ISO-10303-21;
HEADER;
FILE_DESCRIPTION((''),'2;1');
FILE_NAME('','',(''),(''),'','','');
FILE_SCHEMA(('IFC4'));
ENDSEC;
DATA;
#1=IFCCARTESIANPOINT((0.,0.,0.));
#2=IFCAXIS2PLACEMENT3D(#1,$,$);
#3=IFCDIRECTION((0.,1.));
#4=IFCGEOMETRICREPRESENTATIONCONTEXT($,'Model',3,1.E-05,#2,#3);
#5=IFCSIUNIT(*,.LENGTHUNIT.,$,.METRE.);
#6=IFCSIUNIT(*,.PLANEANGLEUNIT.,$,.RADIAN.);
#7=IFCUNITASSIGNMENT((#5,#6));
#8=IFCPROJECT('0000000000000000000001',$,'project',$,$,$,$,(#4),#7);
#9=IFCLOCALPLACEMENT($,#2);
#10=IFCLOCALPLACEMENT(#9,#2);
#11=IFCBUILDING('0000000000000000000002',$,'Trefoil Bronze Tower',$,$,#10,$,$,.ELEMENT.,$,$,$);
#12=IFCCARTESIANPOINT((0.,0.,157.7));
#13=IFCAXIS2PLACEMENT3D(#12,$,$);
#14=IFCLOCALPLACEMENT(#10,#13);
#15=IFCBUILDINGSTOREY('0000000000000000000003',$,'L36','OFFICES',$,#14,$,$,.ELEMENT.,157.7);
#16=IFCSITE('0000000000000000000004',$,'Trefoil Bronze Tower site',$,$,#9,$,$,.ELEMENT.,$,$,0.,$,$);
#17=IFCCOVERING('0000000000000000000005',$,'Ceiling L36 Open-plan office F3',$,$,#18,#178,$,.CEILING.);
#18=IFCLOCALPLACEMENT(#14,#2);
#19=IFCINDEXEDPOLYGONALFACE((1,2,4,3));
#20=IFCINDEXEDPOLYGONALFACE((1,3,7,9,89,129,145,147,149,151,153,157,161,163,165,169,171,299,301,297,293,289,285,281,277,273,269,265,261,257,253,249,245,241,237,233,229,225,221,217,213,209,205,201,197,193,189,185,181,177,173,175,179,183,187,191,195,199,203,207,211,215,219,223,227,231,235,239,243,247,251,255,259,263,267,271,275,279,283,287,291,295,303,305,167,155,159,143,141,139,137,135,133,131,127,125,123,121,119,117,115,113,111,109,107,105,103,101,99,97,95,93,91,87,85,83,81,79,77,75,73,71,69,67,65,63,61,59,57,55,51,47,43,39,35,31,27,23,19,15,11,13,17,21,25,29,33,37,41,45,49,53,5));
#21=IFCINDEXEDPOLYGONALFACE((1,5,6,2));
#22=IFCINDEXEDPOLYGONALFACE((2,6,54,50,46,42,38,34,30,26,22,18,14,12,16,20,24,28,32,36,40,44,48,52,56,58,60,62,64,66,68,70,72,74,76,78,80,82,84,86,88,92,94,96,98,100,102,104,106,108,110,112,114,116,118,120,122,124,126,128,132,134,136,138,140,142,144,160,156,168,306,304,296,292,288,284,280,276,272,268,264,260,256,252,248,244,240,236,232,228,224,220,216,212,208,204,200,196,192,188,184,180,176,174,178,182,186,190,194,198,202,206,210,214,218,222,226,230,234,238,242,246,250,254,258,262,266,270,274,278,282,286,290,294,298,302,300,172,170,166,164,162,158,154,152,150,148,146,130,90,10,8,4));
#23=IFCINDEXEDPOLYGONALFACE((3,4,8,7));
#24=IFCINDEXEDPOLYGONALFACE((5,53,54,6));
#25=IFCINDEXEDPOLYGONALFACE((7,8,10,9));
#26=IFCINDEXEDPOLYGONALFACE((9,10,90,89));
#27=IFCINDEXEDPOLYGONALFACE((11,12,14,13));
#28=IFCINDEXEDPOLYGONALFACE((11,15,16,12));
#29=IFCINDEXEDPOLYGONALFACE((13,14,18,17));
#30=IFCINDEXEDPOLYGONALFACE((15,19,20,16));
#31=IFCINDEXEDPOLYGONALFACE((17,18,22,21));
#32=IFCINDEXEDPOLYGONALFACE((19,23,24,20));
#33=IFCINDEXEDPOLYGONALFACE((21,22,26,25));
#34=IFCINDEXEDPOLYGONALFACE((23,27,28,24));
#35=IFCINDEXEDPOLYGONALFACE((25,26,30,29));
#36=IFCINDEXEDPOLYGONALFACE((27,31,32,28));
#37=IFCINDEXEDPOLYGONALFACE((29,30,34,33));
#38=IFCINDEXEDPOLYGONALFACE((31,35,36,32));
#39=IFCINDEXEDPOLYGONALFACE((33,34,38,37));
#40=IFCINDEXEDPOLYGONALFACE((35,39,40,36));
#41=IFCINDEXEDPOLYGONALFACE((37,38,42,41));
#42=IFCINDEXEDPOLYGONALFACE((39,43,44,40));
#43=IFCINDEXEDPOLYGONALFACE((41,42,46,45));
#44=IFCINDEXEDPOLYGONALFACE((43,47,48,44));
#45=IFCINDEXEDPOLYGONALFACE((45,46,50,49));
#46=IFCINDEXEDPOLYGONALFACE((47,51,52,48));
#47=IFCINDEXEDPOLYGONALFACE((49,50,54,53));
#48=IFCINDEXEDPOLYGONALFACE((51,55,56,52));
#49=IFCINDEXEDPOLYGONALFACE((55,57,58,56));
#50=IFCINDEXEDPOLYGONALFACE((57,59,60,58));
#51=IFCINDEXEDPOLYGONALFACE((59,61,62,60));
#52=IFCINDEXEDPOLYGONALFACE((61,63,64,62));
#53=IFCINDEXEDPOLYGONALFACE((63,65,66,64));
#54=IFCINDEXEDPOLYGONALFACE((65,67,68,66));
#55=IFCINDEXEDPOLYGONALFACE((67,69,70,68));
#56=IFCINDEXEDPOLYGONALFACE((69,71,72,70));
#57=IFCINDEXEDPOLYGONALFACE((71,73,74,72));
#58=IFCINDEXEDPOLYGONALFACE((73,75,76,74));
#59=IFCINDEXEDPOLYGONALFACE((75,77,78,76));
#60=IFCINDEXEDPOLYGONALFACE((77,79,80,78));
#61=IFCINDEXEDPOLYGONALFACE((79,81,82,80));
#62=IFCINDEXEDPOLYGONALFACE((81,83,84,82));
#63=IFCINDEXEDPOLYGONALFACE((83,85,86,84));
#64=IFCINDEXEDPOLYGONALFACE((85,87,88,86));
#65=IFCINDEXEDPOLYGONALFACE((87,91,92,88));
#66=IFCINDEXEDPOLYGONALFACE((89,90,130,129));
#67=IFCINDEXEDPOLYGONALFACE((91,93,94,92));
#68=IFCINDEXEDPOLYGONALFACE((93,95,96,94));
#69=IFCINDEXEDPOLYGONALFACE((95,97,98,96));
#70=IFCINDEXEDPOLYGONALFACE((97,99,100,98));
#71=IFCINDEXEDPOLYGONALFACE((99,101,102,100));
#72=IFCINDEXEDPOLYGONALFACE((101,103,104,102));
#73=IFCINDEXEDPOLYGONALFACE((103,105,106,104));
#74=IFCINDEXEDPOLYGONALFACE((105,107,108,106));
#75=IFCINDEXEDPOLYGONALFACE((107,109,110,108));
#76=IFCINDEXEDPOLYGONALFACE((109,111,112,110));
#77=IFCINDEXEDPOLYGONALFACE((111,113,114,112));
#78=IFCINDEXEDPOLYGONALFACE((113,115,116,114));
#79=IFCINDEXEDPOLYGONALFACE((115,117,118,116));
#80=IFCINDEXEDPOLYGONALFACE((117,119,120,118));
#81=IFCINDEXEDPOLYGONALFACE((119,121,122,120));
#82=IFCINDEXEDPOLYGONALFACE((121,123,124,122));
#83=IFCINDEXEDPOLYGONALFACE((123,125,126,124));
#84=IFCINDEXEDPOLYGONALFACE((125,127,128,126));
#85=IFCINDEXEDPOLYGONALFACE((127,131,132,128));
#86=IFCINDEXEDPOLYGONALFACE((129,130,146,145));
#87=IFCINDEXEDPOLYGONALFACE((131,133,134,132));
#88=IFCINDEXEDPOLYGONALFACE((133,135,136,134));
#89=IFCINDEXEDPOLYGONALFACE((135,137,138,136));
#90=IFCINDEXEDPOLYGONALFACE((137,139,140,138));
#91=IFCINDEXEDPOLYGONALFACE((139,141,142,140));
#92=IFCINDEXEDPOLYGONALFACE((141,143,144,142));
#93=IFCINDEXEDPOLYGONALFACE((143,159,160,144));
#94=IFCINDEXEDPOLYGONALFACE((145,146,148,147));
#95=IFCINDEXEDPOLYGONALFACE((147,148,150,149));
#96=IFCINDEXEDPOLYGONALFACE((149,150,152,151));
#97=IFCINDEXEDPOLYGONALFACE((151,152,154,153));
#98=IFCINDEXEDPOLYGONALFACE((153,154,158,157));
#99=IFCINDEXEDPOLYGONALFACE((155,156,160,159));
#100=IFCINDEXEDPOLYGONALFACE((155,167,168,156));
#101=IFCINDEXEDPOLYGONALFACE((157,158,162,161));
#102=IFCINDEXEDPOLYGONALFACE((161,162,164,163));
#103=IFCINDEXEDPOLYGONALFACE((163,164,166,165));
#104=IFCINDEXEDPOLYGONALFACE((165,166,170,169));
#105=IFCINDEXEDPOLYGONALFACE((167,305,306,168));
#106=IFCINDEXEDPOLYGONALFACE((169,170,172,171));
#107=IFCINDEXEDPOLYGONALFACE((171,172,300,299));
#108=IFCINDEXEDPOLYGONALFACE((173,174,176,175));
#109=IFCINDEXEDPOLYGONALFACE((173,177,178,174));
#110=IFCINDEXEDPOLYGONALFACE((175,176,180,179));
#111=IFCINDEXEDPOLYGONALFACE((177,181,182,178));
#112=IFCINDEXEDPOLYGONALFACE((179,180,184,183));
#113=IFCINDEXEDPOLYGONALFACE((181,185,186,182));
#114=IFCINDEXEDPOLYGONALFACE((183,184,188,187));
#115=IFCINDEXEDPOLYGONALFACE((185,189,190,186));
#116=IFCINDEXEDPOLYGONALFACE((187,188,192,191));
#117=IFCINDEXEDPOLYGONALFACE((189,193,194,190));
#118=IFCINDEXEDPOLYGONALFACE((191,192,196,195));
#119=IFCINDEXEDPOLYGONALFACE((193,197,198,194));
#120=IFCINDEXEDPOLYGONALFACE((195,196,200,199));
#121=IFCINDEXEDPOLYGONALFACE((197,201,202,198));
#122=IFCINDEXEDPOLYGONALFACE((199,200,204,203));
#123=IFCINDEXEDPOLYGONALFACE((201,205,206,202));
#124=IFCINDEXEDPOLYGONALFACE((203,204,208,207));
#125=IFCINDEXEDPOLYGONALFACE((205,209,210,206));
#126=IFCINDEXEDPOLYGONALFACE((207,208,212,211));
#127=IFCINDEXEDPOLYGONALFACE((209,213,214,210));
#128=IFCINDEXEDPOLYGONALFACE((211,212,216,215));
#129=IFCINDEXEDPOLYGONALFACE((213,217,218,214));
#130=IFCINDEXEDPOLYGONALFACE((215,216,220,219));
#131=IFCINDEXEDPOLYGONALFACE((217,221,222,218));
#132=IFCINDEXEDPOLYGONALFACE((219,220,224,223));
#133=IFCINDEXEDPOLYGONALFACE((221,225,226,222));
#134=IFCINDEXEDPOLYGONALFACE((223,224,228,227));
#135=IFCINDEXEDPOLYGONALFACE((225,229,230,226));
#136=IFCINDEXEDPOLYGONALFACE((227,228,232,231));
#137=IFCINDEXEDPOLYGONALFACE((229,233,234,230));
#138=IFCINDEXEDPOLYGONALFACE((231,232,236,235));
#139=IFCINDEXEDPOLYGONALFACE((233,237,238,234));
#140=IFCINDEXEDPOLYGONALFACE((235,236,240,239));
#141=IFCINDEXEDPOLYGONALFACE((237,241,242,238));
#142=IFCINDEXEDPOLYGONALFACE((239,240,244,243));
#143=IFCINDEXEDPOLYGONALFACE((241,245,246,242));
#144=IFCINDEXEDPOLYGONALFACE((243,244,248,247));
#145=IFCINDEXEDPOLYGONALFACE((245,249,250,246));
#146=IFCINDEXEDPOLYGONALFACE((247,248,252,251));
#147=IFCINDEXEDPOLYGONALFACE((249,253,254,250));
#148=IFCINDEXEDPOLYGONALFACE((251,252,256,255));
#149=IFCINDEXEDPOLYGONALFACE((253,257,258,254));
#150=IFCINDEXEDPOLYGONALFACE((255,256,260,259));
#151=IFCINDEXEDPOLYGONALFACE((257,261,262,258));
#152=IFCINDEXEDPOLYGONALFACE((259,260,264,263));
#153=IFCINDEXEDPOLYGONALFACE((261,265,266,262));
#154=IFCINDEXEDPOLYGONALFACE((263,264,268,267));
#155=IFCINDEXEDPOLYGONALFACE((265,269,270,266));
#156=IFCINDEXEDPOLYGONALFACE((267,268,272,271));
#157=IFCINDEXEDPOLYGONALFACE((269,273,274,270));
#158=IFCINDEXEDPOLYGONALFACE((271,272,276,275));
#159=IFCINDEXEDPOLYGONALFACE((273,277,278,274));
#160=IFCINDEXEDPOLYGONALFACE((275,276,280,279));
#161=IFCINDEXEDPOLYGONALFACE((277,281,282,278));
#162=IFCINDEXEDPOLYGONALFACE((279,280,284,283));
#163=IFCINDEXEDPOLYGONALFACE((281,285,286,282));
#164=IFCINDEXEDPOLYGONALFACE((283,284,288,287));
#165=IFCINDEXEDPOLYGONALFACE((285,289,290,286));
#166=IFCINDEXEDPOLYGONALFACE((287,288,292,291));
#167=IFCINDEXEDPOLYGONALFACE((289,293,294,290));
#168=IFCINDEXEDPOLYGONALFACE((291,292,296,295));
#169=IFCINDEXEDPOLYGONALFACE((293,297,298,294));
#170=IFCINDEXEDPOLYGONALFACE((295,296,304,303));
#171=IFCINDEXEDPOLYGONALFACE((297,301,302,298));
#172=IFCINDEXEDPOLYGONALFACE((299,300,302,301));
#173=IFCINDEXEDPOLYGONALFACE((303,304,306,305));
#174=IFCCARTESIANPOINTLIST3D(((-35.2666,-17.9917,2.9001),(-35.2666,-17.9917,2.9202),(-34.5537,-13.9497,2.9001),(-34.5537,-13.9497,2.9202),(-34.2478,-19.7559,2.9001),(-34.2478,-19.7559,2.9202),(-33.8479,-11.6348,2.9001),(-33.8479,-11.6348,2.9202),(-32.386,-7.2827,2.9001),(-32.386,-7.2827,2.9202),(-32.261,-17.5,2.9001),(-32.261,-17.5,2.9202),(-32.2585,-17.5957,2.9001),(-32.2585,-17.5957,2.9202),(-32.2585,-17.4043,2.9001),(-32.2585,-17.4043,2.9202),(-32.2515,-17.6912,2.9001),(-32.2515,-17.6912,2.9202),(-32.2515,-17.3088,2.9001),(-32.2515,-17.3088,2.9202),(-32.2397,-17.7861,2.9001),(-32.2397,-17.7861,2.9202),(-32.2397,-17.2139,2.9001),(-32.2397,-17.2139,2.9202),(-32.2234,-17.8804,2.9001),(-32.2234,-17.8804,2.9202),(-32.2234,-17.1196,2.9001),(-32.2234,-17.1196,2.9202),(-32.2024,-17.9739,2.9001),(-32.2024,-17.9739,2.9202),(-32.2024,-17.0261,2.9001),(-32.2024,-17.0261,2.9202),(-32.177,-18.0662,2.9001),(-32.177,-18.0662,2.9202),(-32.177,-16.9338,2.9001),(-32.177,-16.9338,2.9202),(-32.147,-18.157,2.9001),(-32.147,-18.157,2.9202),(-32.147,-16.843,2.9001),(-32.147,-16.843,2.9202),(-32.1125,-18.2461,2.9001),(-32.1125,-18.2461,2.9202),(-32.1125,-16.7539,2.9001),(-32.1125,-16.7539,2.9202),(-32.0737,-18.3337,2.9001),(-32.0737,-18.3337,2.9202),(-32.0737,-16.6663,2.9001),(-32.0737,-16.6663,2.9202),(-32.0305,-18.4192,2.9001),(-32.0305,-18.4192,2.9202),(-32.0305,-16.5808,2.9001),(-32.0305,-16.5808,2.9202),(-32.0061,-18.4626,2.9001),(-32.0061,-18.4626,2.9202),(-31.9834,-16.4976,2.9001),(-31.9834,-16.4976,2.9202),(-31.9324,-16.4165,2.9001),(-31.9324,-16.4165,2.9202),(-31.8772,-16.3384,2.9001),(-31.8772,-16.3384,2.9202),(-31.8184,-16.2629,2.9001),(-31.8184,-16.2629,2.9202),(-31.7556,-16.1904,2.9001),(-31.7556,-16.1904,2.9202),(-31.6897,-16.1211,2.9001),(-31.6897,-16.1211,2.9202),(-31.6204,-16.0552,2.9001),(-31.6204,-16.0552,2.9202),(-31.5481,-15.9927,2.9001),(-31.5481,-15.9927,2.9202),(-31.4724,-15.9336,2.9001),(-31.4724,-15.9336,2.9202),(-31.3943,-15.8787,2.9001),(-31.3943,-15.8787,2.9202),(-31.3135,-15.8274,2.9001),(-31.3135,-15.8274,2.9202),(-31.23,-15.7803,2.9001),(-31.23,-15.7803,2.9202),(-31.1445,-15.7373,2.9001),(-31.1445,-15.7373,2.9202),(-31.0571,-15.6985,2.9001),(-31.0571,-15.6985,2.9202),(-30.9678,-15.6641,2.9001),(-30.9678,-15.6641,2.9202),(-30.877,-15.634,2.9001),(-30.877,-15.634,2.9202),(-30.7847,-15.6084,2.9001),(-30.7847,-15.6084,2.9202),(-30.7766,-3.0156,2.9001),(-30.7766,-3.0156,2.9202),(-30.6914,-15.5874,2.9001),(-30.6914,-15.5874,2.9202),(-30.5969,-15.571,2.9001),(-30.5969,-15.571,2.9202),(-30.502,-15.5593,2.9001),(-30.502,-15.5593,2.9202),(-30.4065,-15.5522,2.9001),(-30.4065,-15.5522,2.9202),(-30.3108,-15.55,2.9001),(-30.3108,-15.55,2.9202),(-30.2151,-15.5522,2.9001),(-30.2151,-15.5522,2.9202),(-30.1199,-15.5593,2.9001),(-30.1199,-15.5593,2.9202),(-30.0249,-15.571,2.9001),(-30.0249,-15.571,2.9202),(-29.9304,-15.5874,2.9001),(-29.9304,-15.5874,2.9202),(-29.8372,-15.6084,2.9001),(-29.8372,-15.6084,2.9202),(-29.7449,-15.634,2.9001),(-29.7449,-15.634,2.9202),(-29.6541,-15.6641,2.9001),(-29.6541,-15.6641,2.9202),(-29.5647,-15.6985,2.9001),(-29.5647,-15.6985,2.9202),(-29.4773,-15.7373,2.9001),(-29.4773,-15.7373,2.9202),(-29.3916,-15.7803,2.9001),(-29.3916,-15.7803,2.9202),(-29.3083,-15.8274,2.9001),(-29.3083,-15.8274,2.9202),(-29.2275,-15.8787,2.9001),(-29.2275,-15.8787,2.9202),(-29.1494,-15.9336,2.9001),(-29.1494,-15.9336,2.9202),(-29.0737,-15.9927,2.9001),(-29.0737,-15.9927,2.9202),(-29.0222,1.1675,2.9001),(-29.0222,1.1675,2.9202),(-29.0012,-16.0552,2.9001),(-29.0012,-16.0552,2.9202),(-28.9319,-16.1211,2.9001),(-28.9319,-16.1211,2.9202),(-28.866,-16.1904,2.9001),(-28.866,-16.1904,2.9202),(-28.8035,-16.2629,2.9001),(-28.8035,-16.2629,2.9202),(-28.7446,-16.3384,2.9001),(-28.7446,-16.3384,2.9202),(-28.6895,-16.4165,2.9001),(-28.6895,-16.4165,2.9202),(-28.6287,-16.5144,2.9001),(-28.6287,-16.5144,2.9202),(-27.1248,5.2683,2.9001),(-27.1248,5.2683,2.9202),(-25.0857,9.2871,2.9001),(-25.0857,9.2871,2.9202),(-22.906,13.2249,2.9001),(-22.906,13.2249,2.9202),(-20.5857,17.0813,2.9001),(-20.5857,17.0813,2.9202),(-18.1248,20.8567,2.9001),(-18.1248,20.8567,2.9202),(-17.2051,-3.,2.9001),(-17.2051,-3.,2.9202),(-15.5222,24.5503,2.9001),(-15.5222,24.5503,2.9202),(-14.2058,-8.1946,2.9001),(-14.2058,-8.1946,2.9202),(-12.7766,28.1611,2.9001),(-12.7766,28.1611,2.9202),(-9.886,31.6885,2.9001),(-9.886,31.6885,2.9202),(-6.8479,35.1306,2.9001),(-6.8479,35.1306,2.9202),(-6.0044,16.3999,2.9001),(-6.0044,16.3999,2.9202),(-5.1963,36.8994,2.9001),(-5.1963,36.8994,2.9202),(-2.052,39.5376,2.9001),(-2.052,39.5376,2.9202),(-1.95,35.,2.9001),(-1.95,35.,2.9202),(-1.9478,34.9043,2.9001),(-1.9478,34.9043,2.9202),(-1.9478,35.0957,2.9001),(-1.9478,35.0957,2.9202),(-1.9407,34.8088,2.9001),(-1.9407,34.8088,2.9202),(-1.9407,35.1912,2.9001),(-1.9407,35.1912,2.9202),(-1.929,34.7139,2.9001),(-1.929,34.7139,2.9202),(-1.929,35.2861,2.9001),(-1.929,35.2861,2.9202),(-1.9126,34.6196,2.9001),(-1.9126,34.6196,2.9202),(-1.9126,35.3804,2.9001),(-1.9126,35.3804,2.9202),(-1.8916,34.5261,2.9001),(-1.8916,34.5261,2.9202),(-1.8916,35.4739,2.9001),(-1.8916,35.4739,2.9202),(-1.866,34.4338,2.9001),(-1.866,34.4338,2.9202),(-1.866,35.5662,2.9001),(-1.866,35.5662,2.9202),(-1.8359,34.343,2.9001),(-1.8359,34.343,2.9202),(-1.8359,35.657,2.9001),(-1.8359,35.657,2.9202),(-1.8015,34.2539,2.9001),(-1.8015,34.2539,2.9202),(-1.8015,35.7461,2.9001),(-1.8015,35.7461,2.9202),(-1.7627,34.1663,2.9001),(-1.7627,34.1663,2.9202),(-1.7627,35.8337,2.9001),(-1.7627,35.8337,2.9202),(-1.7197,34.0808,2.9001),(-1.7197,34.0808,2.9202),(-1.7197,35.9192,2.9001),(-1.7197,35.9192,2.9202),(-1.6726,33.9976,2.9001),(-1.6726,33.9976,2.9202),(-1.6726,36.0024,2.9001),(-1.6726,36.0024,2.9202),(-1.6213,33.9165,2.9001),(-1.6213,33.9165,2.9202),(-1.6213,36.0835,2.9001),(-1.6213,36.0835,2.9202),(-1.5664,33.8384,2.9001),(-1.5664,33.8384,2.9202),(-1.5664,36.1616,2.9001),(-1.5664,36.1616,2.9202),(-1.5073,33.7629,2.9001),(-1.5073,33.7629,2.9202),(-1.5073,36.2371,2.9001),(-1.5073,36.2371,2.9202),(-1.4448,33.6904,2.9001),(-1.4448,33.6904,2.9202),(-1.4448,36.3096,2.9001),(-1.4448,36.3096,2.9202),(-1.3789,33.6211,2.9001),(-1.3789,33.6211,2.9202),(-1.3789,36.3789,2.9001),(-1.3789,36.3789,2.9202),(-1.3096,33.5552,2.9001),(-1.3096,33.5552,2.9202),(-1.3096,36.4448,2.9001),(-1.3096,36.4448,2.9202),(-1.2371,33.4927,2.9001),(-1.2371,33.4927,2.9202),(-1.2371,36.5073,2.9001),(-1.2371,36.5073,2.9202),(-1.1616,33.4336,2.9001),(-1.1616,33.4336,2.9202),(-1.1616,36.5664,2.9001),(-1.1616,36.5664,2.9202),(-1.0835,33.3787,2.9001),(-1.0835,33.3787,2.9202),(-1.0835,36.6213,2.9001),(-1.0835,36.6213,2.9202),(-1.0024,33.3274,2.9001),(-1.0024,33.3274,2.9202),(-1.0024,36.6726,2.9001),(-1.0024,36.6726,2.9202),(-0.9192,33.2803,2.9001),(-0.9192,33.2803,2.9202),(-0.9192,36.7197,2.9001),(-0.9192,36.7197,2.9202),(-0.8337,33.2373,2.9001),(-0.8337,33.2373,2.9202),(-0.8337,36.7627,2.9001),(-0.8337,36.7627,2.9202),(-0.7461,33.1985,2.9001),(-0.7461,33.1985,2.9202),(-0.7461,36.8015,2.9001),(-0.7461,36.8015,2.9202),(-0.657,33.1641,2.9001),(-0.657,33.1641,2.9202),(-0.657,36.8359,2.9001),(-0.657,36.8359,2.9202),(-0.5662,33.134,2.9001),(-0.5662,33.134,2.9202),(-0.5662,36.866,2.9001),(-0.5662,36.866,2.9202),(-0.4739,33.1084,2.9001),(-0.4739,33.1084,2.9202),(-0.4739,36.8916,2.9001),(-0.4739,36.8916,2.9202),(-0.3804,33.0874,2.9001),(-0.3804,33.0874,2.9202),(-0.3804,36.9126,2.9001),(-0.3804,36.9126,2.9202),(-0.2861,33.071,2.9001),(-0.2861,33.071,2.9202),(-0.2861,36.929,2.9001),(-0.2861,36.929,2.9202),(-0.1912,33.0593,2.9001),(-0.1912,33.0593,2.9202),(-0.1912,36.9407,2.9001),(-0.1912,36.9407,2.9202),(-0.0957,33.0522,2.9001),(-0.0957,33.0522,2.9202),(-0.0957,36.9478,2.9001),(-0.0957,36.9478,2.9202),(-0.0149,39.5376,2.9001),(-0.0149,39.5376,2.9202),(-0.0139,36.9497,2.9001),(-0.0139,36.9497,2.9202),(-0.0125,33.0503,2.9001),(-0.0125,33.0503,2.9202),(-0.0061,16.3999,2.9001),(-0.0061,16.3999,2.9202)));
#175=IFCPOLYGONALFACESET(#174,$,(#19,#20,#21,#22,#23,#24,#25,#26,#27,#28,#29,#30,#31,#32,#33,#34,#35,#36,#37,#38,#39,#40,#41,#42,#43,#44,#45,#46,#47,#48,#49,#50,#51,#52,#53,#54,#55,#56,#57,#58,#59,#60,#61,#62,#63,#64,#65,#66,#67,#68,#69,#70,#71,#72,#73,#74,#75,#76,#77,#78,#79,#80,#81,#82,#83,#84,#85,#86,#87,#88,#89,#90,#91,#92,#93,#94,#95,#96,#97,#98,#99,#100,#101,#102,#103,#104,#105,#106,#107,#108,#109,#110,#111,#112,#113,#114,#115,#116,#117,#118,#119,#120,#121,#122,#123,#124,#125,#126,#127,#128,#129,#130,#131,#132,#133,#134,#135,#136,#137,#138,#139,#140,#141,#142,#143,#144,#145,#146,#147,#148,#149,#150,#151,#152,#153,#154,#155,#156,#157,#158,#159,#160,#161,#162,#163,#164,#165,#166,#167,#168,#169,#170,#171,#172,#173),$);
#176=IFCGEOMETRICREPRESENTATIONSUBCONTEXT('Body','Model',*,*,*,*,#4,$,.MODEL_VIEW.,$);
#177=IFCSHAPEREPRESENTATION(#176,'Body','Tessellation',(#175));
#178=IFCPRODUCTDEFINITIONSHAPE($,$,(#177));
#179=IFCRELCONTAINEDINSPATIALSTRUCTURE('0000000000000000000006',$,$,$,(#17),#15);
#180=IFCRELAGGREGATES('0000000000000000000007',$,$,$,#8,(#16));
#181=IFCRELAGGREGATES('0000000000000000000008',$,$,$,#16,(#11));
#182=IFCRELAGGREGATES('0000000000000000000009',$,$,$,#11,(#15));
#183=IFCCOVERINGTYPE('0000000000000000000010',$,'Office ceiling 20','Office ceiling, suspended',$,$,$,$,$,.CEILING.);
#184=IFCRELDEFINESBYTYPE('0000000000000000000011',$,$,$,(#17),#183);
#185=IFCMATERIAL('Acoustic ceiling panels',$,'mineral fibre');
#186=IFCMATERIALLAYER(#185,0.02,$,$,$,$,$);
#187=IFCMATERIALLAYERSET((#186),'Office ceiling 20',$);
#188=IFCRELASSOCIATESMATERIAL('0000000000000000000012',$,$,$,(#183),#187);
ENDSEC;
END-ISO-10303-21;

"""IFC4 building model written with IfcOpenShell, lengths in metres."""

from ifc_helpers import new_model, si_unit, direction, frame, origin, place, context, subcontext, project, spatial, polyline, outline, extrude, material, layer, layer_set, type_object, element, save


model = new_model("IFC4")

# Units and contexts
model_context = context("Model", 3, precision=1e-05, world=origin(), true_north=direction((0.0, 1.0)))
body_context = subcontext(model_context, "Body", "Model", "MODEL_VIEW")
ifc_project = project(units=[si_unit("LENGTHUNIT", "METRE"), si_unit("PLANEANGLEUNIT", "RADIAN")], contexts=[model_context])

# Site, building, storey
site_placement = place(None, origin())
site = spatial("IfcSite", under=ifc_project, at=site_placement, Name="Trefoil Bronze Tower site", CompositionType="ELEMENT", RefElevation=0.0)
building_placement = place(site_placement, origin())
building = spatial("IfcBuilding", under=site, at=building_placement, Name="Trefoil Bronze Tower", CompositionType="ELEMENT")
storey_placement = place(building_placement, frame((0.0, 0.0, 157.7)))
storey = spatial("IfcBuildingStorey", under=building, at=storey_placement, Name="L36", Description="OFFICES", CompositionType="ELEMENT", Elevation=157.7)

# Covering
ifc_material_1 = material(Name="Acoustic ceiling panels", Category="mineral fibre")
ifc_layer_1 = layer(ifc_material_1, 0.02)
ifc_layer_set_1 = layer_set([ifc_layer_1], Name="Office ceiling 20")
covering_type_1 = type_object("IfcCoveringType", Name="Office ceiling 20", Description="Office ceiling, suspended", PredefinedType="CEILING", material=ifc_layer_set_1)
covering_1_placement = place(storey_placement, frame((0.0, 0.0, 2.9001)))
element("IfcCovering", 1, at=covering_1_placement, inside=storey, type_object=covering_type_1, Name="Ceiling L36 Open-plan office F3", PredefinedType="CEILING", context=body_context, shape_type="SweptSolid", body=[
    extrude(outline(polyline([(-33.8479, -11.6348), (-32.386, -7.2827), (-30.7766, -3.0156), (-29.0222, 1.1675), (-27.1248, 5.2683), (-25.0857, 9.2871), (-22.906, 13.2249), (-20.5857, 17.0813), (-18.1248, 20.8567), (-15.5222, 24.5503), (-12.7766, 28.1611), (-9.886, 31.6885), (-6.8479, 35.1306), (-5.1963, 36.8994), (-2.052, 39.5376), (-0.0149, 39.5376), (-0.0139, 36.9497), (-0.0957, 36.9478), (-0.1912, 36.9407), (-0.2861, 36.929), (-0.3804, 36.9126), (-0.4739, 36.8916), (-0.5662, 36.866), (-0.657, 36.8359), (-0.7461, 36.8015), (-0.8337, 36.7627), (-0.9192, 36.7197), (-1.0024, 36.6726), (-1.0835, 36.6213), (-1.1616, 36.5664), (-1.2371, 36.5073), (-1.3096, 36.4448), (-1.3789, 36.3789), (-1.4448, 36.3096), (-1.5073, 36.2371), (-1.5664, 36.1616), (-1.6213, 36.0835), (-1.6726, 36.0024), (-1.7197, 35.9192), (-1.7627, 35.8337), (-1.8015, 35.7461), (-1.8359, 35.657), (-1.866, 35.5662), (-1.8916, 35.4739), (-1.9126, 35.3804), (-1.929, 35.2861), (-1.9407, 35.1912), (-1.9478, 35.0957), (-1.95, 35.0), (-1.9478, 34.9043), (-1.9407, 34.8088), (-1.929, 34.7139), (-1.9126, 34.6196), (-1.8916, 34.5261), (-1.866, 34.4338), (-1.8359, 34.343), (-1.8015, 34.2539), (-1.7627, 34.1663), (-1.7197, 34.0808), (-1.6726, 33.9976), (-1.6213, 33.9165), (-1.5664, 33.8384), (-1.5073, 33.7629), (-1.4448, 33.6904), (-1.3789, 33.6211), (-1.3096, 33.5552), (-1.2371, 33.4927), (-1.1616, 33.4336), (-1.0835, 33.3787), (-1.0024, 33.3274), (-0.9192, 33.2803), (-0.8337, 33.2373), (-0.7461, 33.1985), (-0.657, 33.1641), (-0.5662, 33.134), (-0.4739, 33.1084), (-0.3804, 33.0874), (-0.2861, 33.071), (-0.1912, 33.0593), (-0.0957, 33.0522), (-0.0125, 33.0503), (-0.0061, 16.3999), (-6.0044, 16.3999), (-17.2051, -3.0), (-14.2058, -8.1946), (-28.6287, -16.5144), (-28.6895, -16.4165), (-28.7446, -16.3384), (-28.8035, -16.2629), (-28.866, -16.1904), (-28.9319, -16.1211), (-29.0012, -16.0552), (-29.0737, -15.9927), (-29.1494, -15.9336), (-29.2275, -15.8787), (-29.3083, -15.8274), (-29.3916, -15.7803), (-29.4773, -15.7373), (-29.5647, -15.6985), (-29.6541, -15.6641), (-29.7449, -15.634), (-29.8372, -15.6084), (-29.9304, -15.5874), (-30.0249, -15.571), (-30.1199, -15.5593), (-30.2151, -15.5522), (-30.3108, -15.55), (-30.4065, -15.5522), (-30.502, -15.5593), (-30.5969, -15.571), (-30.6914, -15.5874), (-30.7847, -15.6084), (-30.877, -15.634), (-30.9678, -15.6641), (-31.0571, -15.6985), (-31.1445, -15.7373), (-31.23, -15.7803), (-31.3135, -15.8274), (-31.3943, -15.8787), (-31.4724, -15.9336), (-31.5481, -15.9927), (-31.6204, -16.0552), (-31.6897, -16.1211), (-31.7556, -16.1904), (-31.8184, -16.2629), (-31.8772, -16.3384), (-31.9324, -16.4165), (-31.9834, -16.4976), (-32.0305, -16.5808), (-32.0737, -16.6663), (-32.1125, -16.7539), (-32.147, -16.843), (-32.177, -16.9338), (-32.2024, -17.0261), (-32.2234, -17.1196), (-32.2397, -17.2139), (-32.2515, -17.3088), (-32.2585, -17.4043), (-32.261, -17.5), (-32.2585, -17.5957), (-32.2515, -17.6912), (-32.2397, -17.7861), (-32.2234, -17.8804), (-32.2024, -17.9739), (-32.177, -18.0662), (-32.147, -18.157), (-32.1125, -18.2461), (-32.0737, -18.3337), (-32.0305, -18.4192), (-32.0061, -18.4626), (-34.2478, -19.7559), (-35.2666, -17.9917), (-34.5537, -13.9497), (-33.8479, -11.6348)])), origin(), (0.0, 0.0, 1.0), 0.02),
])

save(model, "model.ifc")
